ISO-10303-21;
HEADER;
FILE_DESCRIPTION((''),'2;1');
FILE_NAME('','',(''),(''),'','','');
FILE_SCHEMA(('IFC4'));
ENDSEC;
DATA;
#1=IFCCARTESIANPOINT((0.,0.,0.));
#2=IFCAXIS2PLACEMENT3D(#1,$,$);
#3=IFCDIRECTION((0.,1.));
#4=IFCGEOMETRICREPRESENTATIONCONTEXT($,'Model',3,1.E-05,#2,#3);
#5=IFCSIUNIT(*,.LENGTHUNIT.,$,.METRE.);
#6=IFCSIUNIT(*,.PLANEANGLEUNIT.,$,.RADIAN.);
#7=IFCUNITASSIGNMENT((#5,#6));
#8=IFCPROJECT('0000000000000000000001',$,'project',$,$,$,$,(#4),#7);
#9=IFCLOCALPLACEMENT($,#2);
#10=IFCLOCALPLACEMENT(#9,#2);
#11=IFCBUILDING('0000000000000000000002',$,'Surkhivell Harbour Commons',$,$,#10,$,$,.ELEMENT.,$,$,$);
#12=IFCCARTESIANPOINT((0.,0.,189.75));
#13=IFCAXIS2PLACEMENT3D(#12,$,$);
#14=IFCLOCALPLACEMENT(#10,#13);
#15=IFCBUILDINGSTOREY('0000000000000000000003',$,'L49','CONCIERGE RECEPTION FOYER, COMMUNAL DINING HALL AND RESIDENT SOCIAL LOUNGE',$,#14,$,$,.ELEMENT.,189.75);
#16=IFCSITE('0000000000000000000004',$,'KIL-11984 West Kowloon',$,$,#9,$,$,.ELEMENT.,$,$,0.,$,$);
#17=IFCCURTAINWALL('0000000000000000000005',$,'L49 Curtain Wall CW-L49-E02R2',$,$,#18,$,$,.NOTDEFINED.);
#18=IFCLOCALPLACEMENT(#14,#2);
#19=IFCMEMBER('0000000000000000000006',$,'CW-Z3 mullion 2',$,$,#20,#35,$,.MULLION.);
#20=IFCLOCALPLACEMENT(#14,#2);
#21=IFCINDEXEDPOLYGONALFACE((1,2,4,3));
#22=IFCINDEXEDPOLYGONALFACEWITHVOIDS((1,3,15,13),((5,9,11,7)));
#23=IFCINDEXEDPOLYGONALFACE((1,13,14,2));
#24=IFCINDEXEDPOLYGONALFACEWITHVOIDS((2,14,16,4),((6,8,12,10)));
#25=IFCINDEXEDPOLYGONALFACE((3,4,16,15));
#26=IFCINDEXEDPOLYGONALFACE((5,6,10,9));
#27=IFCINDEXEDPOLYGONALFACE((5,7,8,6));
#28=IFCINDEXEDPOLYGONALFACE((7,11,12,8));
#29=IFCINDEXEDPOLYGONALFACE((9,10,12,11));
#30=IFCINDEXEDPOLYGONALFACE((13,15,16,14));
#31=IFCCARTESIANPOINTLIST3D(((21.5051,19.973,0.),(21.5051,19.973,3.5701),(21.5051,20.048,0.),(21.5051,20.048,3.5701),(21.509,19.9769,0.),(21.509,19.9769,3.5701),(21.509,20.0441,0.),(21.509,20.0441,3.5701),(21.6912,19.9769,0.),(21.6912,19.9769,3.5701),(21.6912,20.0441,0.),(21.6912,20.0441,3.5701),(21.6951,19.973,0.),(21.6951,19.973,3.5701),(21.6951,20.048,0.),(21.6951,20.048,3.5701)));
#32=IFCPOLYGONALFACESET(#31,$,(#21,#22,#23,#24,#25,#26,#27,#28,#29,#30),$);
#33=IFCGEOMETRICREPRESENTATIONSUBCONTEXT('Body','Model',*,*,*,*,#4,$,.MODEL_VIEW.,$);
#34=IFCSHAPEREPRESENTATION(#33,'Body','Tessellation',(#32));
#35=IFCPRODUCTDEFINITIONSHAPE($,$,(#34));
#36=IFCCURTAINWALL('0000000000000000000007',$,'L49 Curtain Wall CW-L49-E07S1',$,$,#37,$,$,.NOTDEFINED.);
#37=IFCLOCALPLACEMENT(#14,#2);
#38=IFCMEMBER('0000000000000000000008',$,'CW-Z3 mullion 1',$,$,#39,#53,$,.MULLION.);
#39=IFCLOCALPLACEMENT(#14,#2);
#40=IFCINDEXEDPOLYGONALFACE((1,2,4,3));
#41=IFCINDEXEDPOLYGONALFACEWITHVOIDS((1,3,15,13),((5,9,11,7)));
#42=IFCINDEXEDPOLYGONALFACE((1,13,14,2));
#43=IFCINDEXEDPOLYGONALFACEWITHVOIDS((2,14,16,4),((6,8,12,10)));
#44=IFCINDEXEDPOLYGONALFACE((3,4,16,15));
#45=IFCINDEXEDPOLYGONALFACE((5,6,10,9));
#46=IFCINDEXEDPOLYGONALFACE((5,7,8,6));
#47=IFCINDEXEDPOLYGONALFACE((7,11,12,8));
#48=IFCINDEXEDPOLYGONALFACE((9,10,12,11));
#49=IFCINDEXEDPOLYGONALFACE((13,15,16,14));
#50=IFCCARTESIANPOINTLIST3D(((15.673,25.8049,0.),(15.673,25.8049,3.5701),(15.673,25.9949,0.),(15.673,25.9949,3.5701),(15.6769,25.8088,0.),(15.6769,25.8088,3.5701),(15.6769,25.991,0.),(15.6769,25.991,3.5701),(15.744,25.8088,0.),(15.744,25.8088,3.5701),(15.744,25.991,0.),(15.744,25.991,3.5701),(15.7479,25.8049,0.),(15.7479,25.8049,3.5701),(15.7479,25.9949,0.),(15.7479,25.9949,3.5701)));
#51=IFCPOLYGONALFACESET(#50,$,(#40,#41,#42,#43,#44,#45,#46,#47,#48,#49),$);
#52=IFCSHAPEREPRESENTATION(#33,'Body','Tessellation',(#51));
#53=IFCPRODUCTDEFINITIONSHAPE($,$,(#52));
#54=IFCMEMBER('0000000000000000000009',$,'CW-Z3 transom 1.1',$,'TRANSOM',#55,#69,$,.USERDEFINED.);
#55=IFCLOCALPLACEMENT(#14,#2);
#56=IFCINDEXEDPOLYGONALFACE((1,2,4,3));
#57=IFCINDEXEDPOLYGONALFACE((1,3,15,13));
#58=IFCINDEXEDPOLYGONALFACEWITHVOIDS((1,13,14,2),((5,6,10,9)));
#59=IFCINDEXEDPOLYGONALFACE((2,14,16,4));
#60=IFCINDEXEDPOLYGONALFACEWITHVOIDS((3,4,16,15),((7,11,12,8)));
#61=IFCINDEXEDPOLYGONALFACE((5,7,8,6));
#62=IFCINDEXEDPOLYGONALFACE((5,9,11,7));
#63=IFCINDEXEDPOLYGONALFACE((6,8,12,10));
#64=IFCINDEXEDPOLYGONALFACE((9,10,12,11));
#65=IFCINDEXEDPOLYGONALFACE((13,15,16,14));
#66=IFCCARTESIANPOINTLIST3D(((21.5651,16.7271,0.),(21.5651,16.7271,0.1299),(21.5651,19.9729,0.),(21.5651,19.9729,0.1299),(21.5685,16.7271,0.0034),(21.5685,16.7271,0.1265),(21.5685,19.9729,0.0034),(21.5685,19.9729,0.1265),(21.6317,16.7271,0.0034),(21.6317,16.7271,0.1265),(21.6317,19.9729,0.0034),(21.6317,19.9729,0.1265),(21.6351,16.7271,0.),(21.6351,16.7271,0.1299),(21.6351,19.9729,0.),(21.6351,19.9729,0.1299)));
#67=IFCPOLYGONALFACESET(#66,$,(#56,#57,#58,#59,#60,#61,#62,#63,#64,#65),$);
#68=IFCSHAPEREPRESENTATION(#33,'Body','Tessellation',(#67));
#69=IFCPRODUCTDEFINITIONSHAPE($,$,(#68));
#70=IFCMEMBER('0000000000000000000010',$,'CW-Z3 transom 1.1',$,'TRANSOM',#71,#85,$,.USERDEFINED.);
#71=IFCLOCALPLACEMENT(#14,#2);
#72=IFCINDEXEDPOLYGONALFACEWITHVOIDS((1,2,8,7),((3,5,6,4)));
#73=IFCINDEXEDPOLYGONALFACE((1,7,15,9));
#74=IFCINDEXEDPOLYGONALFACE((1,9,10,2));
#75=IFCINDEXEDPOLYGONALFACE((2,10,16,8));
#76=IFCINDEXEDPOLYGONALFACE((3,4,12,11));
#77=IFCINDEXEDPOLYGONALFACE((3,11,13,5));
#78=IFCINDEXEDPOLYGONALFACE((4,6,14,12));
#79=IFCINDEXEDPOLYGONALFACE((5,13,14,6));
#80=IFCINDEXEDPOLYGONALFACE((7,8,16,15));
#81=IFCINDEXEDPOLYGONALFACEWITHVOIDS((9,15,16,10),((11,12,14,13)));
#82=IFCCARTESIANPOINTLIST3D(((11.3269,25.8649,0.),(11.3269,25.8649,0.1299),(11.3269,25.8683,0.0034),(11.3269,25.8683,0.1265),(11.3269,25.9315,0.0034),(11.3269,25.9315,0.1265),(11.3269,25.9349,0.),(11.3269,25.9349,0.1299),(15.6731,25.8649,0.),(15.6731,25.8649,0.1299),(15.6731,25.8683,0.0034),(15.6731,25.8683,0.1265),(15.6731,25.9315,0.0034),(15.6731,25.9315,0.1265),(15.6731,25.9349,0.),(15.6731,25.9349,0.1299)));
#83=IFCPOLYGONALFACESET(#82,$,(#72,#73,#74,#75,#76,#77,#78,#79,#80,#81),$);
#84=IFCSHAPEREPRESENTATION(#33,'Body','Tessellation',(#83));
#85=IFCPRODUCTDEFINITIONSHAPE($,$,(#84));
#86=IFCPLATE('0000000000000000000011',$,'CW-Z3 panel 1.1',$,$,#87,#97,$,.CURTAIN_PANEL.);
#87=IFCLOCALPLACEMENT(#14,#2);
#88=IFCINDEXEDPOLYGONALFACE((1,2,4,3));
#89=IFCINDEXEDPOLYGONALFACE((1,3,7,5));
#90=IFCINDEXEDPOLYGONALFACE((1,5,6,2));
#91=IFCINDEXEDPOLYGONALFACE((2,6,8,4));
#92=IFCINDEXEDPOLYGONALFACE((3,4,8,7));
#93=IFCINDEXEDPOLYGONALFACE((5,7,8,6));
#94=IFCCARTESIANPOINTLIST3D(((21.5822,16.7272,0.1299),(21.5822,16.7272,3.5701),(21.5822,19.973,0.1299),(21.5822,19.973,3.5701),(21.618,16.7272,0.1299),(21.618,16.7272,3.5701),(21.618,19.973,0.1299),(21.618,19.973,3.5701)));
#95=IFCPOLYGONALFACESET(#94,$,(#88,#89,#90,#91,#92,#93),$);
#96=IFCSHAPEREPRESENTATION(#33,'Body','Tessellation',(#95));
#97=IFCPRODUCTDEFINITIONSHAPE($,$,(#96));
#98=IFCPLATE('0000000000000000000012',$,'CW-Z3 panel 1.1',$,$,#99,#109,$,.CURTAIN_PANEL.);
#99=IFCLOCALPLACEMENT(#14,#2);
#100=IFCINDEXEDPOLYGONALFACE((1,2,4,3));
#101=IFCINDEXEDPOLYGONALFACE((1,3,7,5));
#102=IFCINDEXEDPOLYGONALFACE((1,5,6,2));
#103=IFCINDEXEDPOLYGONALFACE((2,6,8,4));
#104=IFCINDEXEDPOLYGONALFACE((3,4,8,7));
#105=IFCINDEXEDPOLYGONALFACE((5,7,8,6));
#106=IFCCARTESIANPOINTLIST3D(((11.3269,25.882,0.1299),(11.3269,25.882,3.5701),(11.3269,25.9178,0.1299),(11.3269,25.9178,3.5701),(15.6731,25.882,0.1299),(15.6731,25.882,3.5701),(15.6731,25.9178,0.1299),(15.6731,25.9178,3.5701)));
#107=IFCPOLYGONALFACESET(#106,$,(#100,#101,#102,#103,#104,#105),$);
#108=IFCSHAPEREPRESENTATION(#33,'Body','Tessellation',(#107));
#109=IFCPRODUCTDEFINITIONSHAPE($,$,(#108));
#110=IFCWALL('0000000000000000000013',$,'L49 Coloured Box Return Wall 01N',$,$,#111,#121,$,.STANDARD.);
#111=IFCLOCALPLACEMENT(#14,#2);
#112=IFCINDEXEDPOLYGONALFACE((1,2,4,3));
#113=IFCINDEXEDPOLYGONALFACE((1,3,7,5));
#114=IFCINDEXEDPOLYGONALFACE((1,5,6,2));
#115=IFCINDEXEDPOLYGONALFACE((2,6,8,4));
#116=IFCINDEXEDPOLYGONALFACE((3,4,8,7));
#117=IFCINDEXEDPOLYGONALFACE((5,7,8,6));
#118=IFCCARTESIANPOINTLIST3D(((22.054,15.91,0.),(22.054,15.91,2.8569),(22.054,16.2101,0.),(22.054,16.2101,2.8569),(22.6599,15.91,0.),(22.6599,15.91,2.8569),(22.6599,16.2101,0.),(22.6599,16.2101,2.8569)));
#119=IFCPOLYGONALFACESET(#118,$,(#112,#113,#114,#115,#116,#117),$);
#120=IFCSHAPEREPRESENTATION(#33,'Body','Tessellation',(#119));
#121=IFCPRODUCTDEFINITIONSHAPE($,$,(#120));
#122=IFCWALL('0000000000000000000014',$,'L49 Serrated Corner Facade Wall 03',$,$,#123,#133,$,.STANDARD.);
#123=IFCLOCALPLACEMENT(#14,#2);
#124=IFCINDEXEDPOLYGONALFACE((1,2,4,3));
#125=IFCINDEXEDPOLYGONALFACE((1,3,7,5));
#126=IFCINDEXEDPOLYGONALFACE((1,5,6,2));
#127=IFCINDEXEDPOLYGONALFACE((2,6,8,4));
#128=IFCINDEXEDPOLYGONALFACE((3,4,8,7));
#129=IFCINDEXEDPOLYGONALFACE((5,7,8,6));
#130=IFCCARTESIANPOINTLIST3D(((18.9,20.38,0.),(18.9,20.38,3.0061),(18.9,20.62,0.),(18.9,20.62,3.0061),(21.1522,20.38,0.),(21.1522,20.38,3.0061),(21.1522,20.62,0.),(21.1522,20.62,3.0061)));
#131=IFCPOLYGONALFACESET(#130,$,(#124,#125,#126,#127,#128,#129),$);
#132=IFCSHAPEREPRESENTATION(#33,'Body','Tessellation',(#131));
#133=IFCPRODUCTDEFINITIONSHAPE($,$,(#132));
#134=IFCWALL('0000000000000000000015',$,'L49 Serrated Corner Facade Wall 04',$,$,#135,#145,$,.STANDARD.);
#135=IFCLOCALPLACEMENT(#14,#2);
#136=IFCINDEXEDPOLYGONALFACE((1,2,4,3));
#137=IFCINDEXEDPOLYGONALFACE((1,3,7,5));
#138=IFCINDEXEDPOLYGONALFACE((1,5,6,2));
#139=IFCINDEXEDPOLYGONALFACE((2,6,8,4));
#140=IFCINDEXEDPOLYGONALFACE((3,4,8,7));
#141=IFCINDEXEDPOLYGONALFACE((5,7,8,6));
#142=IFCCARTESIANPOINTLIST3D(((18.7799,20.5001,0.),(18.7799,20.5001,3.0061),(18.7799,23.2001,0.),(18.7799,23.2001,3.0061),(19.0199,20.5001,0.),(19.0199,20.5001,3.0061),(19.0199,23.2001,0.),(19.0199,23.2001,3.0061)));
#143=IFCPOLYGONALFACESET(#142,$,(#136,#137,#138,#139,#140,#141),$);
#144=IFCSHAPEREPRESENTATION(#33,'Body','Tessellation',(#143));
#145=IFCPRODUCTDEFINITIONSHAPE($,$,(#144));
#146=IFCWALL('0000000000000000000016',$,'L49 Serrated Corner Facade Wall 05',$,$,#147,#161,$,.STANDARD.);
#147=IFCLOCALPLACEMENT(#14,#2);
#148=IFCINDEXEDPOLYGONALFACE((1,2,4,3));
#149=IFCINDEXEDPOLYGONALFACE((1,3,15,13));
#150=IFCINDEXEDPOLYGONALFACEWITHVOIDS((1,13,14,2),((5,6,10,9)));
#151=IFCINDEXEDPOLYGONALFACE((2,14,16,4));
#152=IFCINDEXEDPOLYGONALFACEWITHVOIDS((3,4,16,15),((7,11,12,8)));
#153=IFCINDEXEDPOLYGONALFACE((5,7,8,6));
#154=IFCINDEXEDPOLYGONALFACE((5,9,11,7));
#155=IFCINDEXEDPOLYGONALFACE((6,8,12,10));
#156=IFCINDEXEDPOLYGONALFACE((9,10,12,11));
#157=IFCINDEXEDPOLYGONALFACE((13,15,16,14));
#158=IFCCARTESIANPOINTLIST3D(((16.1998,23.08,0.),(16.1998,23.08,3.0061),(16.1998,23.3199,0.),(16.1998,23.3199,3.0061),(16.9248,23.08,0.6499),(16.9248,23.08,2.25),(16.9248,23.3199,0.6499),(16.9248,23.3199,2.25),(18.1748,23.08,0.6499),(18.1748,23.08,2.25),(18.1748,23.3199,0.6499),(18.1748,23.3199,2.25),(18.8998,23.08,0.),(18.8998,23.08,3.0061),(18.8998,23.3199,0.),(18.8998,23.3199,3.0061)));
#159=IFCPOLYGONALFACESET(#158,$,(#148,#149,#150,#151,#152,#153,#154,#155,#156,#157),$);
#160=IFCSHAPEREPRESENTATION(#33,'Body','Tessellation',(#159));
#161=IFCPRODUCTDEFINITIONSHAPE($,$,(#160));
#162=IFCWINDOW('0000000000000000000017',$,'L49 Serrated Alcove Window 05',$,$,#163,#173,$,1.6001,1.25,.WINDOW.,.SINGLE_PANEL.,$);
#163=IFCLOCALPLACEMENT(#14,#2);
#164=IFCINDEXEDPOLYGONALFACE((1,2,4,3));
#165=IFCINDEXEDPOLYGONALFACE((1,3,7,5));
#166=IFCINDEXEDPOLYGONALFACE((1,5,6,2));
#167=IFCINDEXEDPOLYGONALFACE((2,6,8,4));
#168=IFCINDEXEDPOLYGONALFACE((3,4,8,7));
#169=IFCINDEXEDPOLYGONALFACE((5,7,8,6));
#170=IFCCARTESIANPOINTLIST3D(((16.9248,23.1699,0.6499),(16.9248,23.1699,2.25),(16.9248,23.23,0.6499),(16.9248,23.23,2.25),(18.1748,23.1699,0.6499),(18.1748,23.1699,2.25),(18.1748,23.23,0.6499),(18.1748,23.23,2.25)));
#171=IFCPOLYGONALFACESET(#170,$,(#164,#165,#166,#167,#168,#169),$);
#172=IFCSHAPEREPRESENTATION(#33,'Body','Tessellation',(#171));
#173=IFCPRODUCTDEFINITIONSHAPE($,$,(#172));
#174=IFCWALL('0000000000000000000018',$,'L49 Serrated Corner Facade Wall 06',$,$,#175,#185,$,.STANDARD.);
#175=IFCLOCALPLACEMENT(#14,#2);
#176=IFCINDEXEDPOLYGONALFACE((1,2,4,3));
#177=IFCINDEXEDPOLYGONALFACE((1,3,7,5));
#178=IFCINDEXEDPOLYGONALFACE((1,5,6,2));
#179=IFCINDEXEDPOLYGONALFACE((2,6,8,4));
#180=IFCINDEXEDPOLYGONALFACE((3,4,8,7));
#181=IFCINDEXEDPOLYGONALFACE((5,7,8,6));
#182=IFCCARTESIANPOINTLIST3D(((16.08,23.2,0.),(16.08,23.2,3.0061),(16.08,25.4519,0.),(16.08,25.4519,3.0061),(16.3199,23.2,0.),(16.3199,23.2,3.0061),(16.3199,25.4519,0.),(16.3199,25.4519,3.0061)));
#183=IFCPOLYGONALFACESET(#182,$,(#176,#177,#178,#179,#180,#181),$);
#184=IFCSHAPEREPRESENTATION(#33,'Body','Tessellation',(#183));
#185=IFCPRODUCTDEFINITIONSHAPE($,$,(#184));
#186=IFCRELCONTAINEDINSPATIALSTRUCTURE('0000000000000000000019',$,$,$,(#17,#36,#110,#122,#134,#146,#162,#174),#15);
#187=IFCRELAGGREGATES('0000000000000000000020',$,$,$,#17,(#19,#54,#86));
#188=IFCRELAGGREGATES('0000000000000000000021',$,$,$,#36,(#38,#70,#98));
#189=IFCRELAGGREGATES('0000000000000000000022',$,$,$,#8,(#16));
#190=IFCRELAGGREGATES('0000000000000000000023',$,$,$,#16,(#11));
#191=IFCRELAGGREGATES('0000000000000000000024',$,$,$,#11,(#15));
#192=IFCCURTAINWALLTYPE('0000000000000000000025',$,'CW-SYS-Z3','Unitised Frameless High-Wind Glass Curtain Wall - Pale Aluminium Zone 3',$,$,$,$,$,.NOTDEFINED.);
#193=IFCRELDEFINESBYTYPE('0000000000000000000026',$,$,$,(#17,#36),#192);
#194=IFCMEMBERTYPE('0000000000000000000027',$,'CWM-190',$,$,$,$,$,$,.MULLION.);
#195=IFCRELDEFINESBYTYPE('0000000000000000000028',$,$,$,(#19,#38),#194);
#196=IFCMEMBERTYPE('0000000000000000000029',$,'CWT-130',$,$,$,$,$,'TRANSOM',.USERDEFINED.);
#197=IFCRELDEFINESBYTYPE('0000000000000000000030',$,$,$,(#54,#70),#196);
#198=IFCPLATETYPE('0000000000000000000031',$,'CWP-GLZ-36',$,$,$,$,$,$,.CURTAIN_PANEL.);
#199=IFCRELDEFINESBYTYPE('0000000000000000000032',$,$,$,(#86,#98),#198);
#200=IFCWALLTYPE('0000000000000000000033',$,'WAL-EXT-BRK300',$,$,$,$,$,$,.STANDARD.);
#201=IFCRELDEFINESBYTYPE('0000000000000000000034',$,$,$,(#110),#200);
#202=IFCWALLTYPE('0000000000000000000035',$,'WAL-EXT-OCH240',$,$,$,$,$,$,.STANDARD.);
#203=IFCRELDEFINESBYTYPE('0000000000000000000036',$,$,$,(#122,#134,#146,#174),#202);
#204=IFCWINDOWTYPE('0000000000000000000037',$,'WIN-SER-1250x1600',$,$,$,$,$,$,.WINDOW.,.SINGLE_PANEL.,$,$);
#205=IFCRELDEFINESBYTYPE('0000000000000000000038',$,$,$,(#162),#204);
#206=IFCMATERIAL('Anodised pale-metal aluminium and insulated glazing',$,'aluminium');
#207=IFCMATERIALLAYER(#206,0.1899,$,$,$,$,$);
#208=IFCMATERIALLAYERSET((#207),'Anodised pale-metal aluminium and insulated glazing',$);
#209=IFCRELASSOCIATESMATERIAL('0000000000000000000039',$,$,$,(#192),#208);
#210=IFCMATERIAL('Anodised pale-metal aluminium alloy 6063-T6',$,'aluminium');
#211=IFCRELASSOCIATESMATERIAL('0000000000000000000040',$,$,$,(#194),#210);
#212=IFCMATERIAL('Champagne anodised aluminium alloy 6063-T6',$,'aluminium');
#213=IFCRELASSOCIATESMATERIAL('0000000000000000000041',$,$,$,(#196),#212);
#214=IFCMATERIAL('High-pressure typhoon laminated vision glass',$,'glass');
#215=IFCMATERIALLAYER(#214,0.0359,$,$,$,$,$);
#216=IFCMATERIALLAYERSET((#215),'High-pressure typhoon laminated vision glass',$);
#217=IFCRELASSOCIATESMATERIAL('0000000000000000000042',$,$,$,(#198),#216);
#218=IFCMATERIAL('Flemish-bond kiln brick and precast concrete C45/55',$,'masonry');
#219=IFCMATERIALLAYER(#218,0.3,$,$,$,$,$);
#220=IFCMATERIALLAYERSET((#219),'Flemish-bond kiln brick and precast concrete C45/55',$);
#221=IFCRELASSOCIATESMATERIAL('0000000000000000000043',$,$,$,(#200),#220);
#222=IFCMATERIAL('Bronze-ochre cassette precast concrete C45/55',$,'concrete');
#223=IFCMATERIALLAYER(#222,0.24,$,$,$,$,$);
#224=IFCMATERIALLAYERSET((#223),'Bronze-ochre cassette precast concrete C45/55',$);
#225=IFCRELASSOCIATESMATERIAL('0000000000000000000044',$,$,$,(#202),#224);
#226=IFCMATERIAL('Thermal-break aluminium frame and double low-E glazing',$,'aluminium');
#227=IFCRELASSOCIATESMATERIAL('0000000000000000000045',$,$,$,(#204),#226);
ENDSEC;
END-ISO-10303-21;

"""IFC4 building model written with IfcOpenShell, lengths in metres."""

from ifc_helpers import new_model, si_unit, direction, frame, frame_2d, origin, origin_2d, place, context, subcontext, project, spatial, rectangle, hollow_rectangle, extrude, material, layer, layer_set, material_profile, profile_set, type_object, element, fill, aggregate, save


model = new_model("IFC4")

# Units and contexts
model_context = context("Model", 3, precision=1e-05, world=origin(), true_north=direction((0.0, 1.0)))
body_context = subcontext(model_context, "Body", "Model", "MODEL_VIEW")
ifc_project = project(units=[si_unit("LENGTHUNIT", "METRE"), si_unit("PLANEANGLEUNIT", "RADIAN")], contexts=[model_context])

# Site, building, storey
site_placement = place(None, origin())
site = spatial("IfcSite", under=ifc_project, at=site_placement, Name="KIL-11984 West Kowloon", CompositionType="ELEMENT", RefElevation=0.0)
building_placement = place(site_placement, origin())
building = spatial("IfcBuilding", under=site, at=building_placement, Name="Surkhivell Harbour Commons", CompositionType="ELEMENT")
storey_placement = place(building_placement, frame((0.0, 0.0, 189.75)))
storey = spatial("IfcBuildingStorey", under=building, at=storey_placement, Name="L49", Description="CONCIERGE RECEPTION FOYER, COMMUNAL DINING HALL AND RESIDENT SOCIAL LOUNGE", CompositionType="ELEMENT", Elevation=189.75)

# Curtain wall, member
ifc_material_1 = material(Name="Anodised pale-metal aluminium and insulated glazing", Category="aluminium")
ifc_layer_1 = layer(ifc_material_1, 0.1899)
ifc_layer_set_1 = layer_set([ifc_layer_1], Name="Anodised pale-metal aluminium and insulated glazing")
curtain_wall_type = type_object("IfcCurtainWallType", Name="CW-SYS-Z3", Description="Unitised Frameless High-Wind Glass Curtain Wall - Pale Aluminium Zone 3", PredefinedType="NOTDEFINED", material=ifc_layer_set_1)
curtain_wall_1_placement = place(storey_placement, origin())
curtain_wall_1 = element("IfcCurtainWall", 1, at=curtain_wall_1_placement, inside=storey, type_object=curtain_wall_type, Name="L49 Curtain Wall CW-L49-E02R2", PredefinedType="NOTDEFINED")
ifc_material_2 = material(Name="Anodised pale-metal aluminium alloy 6063-T6", Category="aluminium")
ifc_material_profile_1 = material_profile(ifc_material_2, hollow_rectangle(XDim=0.075, YDim=0.1899, WallThickness=0.0039, at=origin_2d()), Name="ALU-MULL-75x190")
ifc_profile_set_1 = profile_set([ifc_material_profile_1], Name="Anodised pale-metal aluminium alloy 6063-T6")
member_type_1 = type_object("IfcMemberType", Name="CWM-190", PredefinedType="MULLION", material=ifc_profile_set_1)
member_1_placement = place(storey_placement, frame((21.6001, 20.0105, 0.0), z_axis=(0.0, 0.0, 1.0), x_axis=(0.0, 1.0, 0.0)))
member_1 = element("IfcMember", 2, at=member_1_placement, type_object=member_type_1, Name="CW-Z3 mullion 2", PredefinedType="MULLION", context=body_context, shape_type="SweptSolid", body=[
    extrude(hollow_rectangle(XDim=0.075, YDim=0.1899, WallThickness=0.0039, at=origin_2d()), origin(), (0.0, 0.0, 1.0), 3.5701),
])

# Curtain wall, member
curtain_wall_2_placement = place(storey_placement, origin())
curtain_wall_2 = element("IfcCurtainWall", 3, at=curtain_wall_2_placement, inside=storey, type_object=curtain_wall_type, Name="L49 Curtain Wall CW-L49-E07S1", PredefinedType="NOTDEFINED")
member_2_placement = place(storey_placement, frame((15.7104, 25.8999, 0.0), z_axis=(0.0, 0.0, 1.0), x_axis=(-1.0, 0.0, 0.0)))
member_2 = element("IfcMember", 4, at=member_2_placement, type_object=member_type_1, Name="CW-Z3 mullion 1", PredefinedType="MULLION", context=body_context, shape_type="SweptSolid", body=[
    extrude(hollow_rectangle(XDim=0.075, YDim=0.1899, WallThickness=0.0039, at=origin_2d()), origin(), (0.0, 0.0, 1.0), 3.5701),
])

# Members
ifc_material_3 = material(Name="Champagne anodised aluminium alloy 6063-T6", Category="aluminium")
ifc_material_profile_2 = material_profile(ifc_material_3, hollow_rectangle(XDim=0.0701, YDim=0.1299, WallThickness=0.0034, at=origin_2d()), Name="ALU-TRAN-70x130")
ifc_profile_set_2 = profile_set([ifc_material_profile_2], Name="Champagne anodised aluminium alloy 6063-T6")
member_type_2 = type_object("IfcMemberType", Name="CWT-130", ElementType="TRANSOM", PredefinedType="USERDEFINED", material=ifc_profile_set_2)
member_3_placement = place(storey_placement, frame((21.6001, 16.7271, 0.0649), z_axis=(0.0, 1.0, 0.0), x_axis=(-1.0, 0.0, 0.0)))
member_3 = element("IfcMember", 5, at=member_3_placement, type_object=member_type_2, Name="CW-Z3 transom 1.1", ObjectType="TRANSOM", PredefinedType="USERDEFINED", context=body_context, shape_type="SweptSolid", body=[
    extrude(hollow_rectangle(XDim=0.0701, YDim=0.1299, WallThickness=0.0034, at=origin_2d()), origin(), (0.0, 0.0, 1.0), 3.2458),
])
member_4_placement = place(storey_placement, frame((15.6731, 25.8999, 0.0649), z_axis=(-1.0, 0.0, 0.0), x_axis=(0.0, -1.0, 0.0)))
member_4 = element("IfcMember", 6, at=member_4_placement, type_object=member_type_2, Name="CW-Z3 transom 1.1", ObjectType="TRANSOM", PredefinedType="USERDEFINED", context=body_context, shape_type="SweptSolid", body=[
    extrude(hollow_rectangle(XDim=0.0701, YDim=0.1299, WallThickness=0.0034, at=origin_2d()), origin(), (0.0, 0.0, 1.0), 4.3462),
])

# Plates
ifc_material_4 = material(Name="High-pressure typhoon laminated vision glass", Category="glass")
ifc_layer_2 = layer(ifc_material_4, 0.0359)
ifc_layer_set_2 = layer_set([ifc_layer_2], Name="High-pressure typhoon laminated vision glass")
plate_type = type_object("IfcPlateType", Name="CWP-GLZ-36", PredefinedType="CURTAIN_PANEL", material=ifc_layer_set_2)
plate_1_placement = place(storey_placement, frame((21.6001, 16.7271, 0.1299), z_axis=(0.0, 0.0, 1.0), x_axis=(0.0, 1.0, 0.0)))
plate_1 = element("IfcPlate", 7, at=plate_1_placement, type_object=plate_type, Name="CW-Z3 panel 1.1", PredefinedType="CURTAIN_PANEL", context=body_context, shape_type="SweptSolid", body=[
    extrude(rectangle(XDim=3.2458, YDim=0.0359, at=frame_2d((1.623, 0.0))), origin(), (0.0, 0.0, 1.0), 3.4402),
])
aggregate(curtain_wall_1, [member_1, member_3, plate_1])
plate_2_placement = place(storey_placement, frame((15.6731, 25.8999, 0.1299), z_axis=(0.0, 0.0, 1.0), x_axis=(-1.0, 0.0, 0.0)))
plate_2 = element("IfcPlate", 8, at=plate_2_placement, type_object=plate_type, Name="CW-Z3 panel 1.1", PredefinedType="CURTAIN_PANEL", context=body_context, shape_type="SweptSolid", body=[
    extrude(rectangle(XDim=4.3462, YDim=0.0359, at=frame_2d((2.1731, 0.0))), origin(), (0.0, 0.0, 1.0), 3.4402),
])
aggregate(curtain_wall_2, [member_2, member_4, plate_2])

# Walls
ifc_material_5 = material(Name="Flemish-bond kiln brick and precast concrete C45/55", Category="masonry")
ifc_layer_3 = layer(ifc_material_5, 0.3)
ifc_layer_set_3 = layer_set([ifc_layer_3], Name="Flemish-bond kiln brick and precast concrete C45/55")
wall_type_1 = type_object("IfcWallType", Name="WAL-EXT-BRK300", PredefinedType="STANDARD", material=ifc_layer_set_3)
wall_1_placement = place(storey_placement, frame((22.054, 16.0601, 0.0), z_axis=(0.0, 0.0, 1.0), x_axis=(1.0, 0.0, 0.0)))
element("IfcWall", 9, at=wall_1_placement, inside=storey, type_object=wall_type_1, Name="L49 Coloured Box Return Wall 01N", PredefinedType="STANDARD", context=body_context, shape_type="SweptSolid", body=[
    extrude(rectangle(XDim=0.606, YDim=0.3, at=frame_2d((0.303, 0.0))), origin(), (0.0, 0.0, 1.0), 2.8569),
])
ifc_material_6 = material(Name="Bronze-ochre cassette precast concrete C45/55", Category="concrete")
ifc_layer_4 = layer(ifc_material_6, 0.24)
ifc_layer_set_4 = layer_set([ifc_layer_4], Name="Bronze-ochre cassette precast concrete C45/55")
wall_type_2 = type_object("IfcWallType", Name="WAL-EXT-OCH240", PredefinedType="STANDARD", material=ifc_layer_set_4)
wall_2_placement = place(storey_placement, frame((21.1521, 20.5, 0.0), z_axis=(0.0, 0.0, 1.0), x_axis=(-1.0, 0.0, 0.0)))
element("IfcWall", 10, at=wall_2_placement, inside=storey, type_object=wall_type_2, Name="L49 Serrated Corner Facade Wall 03", PredefinedType="STANDARD", context=body_context, shape_type="SweptSolid", body=[
    extrude(rectangle(XDim=2.2522, YDim=0.24, at=frame_2d((1.126, 0.0))), origin(), (0.0, 0.0, 1.0), 3.0061),
])
wall_3_placement = place(storey_placement, frame((18.8999, 20.5, 0.0), z_axis=(0.0, 0.0, 1.0), x_axis=(0.0, 1.0, 0.0)))
element("IfcWall", 11, at=wall_3_placement, inside=storey, type_object=wall_type_2, Name="L49 Serrated Corner Facade Wall 04", PredefinedType="STANDARD", context=body_context, shape_type="SweptSolid", body=[
    extrude(rectangle(XDim=2.7, YDim=0.24, at=frame_2d((1.3501, 0.0))), origin(), (0.0, 0.0, 1.0), 3.0061),
])

# Wall, opening, window
wall_4_placement = place(storey_placement, frame((18.8999, 23.2, 0.0), z_axis=(0.0, 0.0, 1.0), x_axis=(-1.0, 0.0, 0.0)))
wall_4 = element("IfcWall", 12, at=wall_4_placement, inside=storey, type_object=wall_type_2, Name="L49 Serrated Corner Facade Wall 05", PredefinedType="STANDARD", context=body_context, shape_type="SweptSolid", body=[
    extrude(rectangle(XDim=2.7, YDim=0.24, at=frame_2d((1.3501, 0.0))), origin(), (0.0, 0.0, 1.0), 3.0061),
])
opening_placement = place(wall_4_placement, frame((0.7251, 0.0, 0.6499)))
opening = element("IfcOpeningElement", 13, at=opening_placement, cuts=wall_4, PredefinedType="OPENING", context=body_context, shape_type="SweptSolid", body=[
    extrude(rectangle(XDim=1.25, YDim=1.6001, at=frame_2d((0.625, 0.8))), frame((0.0, 0.1299, 0.0), z_axis=(0.0, -1.0, 0.0), x_axis=(1.0, 0.0, 0.0)), (0.0, 0.0, 1.0), 0.26),
])
ifc_material_7 = material(Name="Thermal-break aluminium frame and double low-E glazing", Category="aluminium")
window_type = type_object("IfcWindowType", Name="WIN-SER-1250x1600", PartitioningType="SINGLE_PANEL", PredefinedType="WINDOW", material=ifc_material_7)
window_placement = place(opening_placement, origin())
window = element("IfcWindow", 14, at=window_placement, inside=storey, type_object=window_type, Name="L49 Serrated Alcove Window 05", OverallHeight=1.6001, OverallWidth=1.25, PartitioningType="SINGLE_PANEL", PredefinedType="WINDOW", context=body_context, shape_type="SweptSolid", body=[
    extrude(rectangle(XDim=1.25, YDim=1.6001, at=frame_2d((0.625, 0.8))), frame((0.0, 0.03, 0.0), z_axis=(0.0, -1.0, 0.0), x_axis=(1.0, 0.0, 0.0)), (0.0, 0.0, 1.0), 0.0601),
])
fill(opening, window)

# Wall
wall_5_placement = place(storey_placement, frame((16.2, 23.2, 0.0), z_axis=(0.0, 0.0, 1.0), x_axis=(0.0, 1.0, 0.0)))
element("IfcWall", 15, at=wall_5_placement, inside=storey, type_object=wall_type_2, Name="L49 Serrated Corner Facade Wall 06", PredefinedType="STANDARD", context=body_context, shape_type="SweptSolid", body=[
    extrude(rectangle(XDim=2.252, YDim=0.24, at=frame_2d((1.126, 0.0))), origin(), (0.0, 0.0, 1.0), 3.0061),
])

save(model, "model.ifc")
